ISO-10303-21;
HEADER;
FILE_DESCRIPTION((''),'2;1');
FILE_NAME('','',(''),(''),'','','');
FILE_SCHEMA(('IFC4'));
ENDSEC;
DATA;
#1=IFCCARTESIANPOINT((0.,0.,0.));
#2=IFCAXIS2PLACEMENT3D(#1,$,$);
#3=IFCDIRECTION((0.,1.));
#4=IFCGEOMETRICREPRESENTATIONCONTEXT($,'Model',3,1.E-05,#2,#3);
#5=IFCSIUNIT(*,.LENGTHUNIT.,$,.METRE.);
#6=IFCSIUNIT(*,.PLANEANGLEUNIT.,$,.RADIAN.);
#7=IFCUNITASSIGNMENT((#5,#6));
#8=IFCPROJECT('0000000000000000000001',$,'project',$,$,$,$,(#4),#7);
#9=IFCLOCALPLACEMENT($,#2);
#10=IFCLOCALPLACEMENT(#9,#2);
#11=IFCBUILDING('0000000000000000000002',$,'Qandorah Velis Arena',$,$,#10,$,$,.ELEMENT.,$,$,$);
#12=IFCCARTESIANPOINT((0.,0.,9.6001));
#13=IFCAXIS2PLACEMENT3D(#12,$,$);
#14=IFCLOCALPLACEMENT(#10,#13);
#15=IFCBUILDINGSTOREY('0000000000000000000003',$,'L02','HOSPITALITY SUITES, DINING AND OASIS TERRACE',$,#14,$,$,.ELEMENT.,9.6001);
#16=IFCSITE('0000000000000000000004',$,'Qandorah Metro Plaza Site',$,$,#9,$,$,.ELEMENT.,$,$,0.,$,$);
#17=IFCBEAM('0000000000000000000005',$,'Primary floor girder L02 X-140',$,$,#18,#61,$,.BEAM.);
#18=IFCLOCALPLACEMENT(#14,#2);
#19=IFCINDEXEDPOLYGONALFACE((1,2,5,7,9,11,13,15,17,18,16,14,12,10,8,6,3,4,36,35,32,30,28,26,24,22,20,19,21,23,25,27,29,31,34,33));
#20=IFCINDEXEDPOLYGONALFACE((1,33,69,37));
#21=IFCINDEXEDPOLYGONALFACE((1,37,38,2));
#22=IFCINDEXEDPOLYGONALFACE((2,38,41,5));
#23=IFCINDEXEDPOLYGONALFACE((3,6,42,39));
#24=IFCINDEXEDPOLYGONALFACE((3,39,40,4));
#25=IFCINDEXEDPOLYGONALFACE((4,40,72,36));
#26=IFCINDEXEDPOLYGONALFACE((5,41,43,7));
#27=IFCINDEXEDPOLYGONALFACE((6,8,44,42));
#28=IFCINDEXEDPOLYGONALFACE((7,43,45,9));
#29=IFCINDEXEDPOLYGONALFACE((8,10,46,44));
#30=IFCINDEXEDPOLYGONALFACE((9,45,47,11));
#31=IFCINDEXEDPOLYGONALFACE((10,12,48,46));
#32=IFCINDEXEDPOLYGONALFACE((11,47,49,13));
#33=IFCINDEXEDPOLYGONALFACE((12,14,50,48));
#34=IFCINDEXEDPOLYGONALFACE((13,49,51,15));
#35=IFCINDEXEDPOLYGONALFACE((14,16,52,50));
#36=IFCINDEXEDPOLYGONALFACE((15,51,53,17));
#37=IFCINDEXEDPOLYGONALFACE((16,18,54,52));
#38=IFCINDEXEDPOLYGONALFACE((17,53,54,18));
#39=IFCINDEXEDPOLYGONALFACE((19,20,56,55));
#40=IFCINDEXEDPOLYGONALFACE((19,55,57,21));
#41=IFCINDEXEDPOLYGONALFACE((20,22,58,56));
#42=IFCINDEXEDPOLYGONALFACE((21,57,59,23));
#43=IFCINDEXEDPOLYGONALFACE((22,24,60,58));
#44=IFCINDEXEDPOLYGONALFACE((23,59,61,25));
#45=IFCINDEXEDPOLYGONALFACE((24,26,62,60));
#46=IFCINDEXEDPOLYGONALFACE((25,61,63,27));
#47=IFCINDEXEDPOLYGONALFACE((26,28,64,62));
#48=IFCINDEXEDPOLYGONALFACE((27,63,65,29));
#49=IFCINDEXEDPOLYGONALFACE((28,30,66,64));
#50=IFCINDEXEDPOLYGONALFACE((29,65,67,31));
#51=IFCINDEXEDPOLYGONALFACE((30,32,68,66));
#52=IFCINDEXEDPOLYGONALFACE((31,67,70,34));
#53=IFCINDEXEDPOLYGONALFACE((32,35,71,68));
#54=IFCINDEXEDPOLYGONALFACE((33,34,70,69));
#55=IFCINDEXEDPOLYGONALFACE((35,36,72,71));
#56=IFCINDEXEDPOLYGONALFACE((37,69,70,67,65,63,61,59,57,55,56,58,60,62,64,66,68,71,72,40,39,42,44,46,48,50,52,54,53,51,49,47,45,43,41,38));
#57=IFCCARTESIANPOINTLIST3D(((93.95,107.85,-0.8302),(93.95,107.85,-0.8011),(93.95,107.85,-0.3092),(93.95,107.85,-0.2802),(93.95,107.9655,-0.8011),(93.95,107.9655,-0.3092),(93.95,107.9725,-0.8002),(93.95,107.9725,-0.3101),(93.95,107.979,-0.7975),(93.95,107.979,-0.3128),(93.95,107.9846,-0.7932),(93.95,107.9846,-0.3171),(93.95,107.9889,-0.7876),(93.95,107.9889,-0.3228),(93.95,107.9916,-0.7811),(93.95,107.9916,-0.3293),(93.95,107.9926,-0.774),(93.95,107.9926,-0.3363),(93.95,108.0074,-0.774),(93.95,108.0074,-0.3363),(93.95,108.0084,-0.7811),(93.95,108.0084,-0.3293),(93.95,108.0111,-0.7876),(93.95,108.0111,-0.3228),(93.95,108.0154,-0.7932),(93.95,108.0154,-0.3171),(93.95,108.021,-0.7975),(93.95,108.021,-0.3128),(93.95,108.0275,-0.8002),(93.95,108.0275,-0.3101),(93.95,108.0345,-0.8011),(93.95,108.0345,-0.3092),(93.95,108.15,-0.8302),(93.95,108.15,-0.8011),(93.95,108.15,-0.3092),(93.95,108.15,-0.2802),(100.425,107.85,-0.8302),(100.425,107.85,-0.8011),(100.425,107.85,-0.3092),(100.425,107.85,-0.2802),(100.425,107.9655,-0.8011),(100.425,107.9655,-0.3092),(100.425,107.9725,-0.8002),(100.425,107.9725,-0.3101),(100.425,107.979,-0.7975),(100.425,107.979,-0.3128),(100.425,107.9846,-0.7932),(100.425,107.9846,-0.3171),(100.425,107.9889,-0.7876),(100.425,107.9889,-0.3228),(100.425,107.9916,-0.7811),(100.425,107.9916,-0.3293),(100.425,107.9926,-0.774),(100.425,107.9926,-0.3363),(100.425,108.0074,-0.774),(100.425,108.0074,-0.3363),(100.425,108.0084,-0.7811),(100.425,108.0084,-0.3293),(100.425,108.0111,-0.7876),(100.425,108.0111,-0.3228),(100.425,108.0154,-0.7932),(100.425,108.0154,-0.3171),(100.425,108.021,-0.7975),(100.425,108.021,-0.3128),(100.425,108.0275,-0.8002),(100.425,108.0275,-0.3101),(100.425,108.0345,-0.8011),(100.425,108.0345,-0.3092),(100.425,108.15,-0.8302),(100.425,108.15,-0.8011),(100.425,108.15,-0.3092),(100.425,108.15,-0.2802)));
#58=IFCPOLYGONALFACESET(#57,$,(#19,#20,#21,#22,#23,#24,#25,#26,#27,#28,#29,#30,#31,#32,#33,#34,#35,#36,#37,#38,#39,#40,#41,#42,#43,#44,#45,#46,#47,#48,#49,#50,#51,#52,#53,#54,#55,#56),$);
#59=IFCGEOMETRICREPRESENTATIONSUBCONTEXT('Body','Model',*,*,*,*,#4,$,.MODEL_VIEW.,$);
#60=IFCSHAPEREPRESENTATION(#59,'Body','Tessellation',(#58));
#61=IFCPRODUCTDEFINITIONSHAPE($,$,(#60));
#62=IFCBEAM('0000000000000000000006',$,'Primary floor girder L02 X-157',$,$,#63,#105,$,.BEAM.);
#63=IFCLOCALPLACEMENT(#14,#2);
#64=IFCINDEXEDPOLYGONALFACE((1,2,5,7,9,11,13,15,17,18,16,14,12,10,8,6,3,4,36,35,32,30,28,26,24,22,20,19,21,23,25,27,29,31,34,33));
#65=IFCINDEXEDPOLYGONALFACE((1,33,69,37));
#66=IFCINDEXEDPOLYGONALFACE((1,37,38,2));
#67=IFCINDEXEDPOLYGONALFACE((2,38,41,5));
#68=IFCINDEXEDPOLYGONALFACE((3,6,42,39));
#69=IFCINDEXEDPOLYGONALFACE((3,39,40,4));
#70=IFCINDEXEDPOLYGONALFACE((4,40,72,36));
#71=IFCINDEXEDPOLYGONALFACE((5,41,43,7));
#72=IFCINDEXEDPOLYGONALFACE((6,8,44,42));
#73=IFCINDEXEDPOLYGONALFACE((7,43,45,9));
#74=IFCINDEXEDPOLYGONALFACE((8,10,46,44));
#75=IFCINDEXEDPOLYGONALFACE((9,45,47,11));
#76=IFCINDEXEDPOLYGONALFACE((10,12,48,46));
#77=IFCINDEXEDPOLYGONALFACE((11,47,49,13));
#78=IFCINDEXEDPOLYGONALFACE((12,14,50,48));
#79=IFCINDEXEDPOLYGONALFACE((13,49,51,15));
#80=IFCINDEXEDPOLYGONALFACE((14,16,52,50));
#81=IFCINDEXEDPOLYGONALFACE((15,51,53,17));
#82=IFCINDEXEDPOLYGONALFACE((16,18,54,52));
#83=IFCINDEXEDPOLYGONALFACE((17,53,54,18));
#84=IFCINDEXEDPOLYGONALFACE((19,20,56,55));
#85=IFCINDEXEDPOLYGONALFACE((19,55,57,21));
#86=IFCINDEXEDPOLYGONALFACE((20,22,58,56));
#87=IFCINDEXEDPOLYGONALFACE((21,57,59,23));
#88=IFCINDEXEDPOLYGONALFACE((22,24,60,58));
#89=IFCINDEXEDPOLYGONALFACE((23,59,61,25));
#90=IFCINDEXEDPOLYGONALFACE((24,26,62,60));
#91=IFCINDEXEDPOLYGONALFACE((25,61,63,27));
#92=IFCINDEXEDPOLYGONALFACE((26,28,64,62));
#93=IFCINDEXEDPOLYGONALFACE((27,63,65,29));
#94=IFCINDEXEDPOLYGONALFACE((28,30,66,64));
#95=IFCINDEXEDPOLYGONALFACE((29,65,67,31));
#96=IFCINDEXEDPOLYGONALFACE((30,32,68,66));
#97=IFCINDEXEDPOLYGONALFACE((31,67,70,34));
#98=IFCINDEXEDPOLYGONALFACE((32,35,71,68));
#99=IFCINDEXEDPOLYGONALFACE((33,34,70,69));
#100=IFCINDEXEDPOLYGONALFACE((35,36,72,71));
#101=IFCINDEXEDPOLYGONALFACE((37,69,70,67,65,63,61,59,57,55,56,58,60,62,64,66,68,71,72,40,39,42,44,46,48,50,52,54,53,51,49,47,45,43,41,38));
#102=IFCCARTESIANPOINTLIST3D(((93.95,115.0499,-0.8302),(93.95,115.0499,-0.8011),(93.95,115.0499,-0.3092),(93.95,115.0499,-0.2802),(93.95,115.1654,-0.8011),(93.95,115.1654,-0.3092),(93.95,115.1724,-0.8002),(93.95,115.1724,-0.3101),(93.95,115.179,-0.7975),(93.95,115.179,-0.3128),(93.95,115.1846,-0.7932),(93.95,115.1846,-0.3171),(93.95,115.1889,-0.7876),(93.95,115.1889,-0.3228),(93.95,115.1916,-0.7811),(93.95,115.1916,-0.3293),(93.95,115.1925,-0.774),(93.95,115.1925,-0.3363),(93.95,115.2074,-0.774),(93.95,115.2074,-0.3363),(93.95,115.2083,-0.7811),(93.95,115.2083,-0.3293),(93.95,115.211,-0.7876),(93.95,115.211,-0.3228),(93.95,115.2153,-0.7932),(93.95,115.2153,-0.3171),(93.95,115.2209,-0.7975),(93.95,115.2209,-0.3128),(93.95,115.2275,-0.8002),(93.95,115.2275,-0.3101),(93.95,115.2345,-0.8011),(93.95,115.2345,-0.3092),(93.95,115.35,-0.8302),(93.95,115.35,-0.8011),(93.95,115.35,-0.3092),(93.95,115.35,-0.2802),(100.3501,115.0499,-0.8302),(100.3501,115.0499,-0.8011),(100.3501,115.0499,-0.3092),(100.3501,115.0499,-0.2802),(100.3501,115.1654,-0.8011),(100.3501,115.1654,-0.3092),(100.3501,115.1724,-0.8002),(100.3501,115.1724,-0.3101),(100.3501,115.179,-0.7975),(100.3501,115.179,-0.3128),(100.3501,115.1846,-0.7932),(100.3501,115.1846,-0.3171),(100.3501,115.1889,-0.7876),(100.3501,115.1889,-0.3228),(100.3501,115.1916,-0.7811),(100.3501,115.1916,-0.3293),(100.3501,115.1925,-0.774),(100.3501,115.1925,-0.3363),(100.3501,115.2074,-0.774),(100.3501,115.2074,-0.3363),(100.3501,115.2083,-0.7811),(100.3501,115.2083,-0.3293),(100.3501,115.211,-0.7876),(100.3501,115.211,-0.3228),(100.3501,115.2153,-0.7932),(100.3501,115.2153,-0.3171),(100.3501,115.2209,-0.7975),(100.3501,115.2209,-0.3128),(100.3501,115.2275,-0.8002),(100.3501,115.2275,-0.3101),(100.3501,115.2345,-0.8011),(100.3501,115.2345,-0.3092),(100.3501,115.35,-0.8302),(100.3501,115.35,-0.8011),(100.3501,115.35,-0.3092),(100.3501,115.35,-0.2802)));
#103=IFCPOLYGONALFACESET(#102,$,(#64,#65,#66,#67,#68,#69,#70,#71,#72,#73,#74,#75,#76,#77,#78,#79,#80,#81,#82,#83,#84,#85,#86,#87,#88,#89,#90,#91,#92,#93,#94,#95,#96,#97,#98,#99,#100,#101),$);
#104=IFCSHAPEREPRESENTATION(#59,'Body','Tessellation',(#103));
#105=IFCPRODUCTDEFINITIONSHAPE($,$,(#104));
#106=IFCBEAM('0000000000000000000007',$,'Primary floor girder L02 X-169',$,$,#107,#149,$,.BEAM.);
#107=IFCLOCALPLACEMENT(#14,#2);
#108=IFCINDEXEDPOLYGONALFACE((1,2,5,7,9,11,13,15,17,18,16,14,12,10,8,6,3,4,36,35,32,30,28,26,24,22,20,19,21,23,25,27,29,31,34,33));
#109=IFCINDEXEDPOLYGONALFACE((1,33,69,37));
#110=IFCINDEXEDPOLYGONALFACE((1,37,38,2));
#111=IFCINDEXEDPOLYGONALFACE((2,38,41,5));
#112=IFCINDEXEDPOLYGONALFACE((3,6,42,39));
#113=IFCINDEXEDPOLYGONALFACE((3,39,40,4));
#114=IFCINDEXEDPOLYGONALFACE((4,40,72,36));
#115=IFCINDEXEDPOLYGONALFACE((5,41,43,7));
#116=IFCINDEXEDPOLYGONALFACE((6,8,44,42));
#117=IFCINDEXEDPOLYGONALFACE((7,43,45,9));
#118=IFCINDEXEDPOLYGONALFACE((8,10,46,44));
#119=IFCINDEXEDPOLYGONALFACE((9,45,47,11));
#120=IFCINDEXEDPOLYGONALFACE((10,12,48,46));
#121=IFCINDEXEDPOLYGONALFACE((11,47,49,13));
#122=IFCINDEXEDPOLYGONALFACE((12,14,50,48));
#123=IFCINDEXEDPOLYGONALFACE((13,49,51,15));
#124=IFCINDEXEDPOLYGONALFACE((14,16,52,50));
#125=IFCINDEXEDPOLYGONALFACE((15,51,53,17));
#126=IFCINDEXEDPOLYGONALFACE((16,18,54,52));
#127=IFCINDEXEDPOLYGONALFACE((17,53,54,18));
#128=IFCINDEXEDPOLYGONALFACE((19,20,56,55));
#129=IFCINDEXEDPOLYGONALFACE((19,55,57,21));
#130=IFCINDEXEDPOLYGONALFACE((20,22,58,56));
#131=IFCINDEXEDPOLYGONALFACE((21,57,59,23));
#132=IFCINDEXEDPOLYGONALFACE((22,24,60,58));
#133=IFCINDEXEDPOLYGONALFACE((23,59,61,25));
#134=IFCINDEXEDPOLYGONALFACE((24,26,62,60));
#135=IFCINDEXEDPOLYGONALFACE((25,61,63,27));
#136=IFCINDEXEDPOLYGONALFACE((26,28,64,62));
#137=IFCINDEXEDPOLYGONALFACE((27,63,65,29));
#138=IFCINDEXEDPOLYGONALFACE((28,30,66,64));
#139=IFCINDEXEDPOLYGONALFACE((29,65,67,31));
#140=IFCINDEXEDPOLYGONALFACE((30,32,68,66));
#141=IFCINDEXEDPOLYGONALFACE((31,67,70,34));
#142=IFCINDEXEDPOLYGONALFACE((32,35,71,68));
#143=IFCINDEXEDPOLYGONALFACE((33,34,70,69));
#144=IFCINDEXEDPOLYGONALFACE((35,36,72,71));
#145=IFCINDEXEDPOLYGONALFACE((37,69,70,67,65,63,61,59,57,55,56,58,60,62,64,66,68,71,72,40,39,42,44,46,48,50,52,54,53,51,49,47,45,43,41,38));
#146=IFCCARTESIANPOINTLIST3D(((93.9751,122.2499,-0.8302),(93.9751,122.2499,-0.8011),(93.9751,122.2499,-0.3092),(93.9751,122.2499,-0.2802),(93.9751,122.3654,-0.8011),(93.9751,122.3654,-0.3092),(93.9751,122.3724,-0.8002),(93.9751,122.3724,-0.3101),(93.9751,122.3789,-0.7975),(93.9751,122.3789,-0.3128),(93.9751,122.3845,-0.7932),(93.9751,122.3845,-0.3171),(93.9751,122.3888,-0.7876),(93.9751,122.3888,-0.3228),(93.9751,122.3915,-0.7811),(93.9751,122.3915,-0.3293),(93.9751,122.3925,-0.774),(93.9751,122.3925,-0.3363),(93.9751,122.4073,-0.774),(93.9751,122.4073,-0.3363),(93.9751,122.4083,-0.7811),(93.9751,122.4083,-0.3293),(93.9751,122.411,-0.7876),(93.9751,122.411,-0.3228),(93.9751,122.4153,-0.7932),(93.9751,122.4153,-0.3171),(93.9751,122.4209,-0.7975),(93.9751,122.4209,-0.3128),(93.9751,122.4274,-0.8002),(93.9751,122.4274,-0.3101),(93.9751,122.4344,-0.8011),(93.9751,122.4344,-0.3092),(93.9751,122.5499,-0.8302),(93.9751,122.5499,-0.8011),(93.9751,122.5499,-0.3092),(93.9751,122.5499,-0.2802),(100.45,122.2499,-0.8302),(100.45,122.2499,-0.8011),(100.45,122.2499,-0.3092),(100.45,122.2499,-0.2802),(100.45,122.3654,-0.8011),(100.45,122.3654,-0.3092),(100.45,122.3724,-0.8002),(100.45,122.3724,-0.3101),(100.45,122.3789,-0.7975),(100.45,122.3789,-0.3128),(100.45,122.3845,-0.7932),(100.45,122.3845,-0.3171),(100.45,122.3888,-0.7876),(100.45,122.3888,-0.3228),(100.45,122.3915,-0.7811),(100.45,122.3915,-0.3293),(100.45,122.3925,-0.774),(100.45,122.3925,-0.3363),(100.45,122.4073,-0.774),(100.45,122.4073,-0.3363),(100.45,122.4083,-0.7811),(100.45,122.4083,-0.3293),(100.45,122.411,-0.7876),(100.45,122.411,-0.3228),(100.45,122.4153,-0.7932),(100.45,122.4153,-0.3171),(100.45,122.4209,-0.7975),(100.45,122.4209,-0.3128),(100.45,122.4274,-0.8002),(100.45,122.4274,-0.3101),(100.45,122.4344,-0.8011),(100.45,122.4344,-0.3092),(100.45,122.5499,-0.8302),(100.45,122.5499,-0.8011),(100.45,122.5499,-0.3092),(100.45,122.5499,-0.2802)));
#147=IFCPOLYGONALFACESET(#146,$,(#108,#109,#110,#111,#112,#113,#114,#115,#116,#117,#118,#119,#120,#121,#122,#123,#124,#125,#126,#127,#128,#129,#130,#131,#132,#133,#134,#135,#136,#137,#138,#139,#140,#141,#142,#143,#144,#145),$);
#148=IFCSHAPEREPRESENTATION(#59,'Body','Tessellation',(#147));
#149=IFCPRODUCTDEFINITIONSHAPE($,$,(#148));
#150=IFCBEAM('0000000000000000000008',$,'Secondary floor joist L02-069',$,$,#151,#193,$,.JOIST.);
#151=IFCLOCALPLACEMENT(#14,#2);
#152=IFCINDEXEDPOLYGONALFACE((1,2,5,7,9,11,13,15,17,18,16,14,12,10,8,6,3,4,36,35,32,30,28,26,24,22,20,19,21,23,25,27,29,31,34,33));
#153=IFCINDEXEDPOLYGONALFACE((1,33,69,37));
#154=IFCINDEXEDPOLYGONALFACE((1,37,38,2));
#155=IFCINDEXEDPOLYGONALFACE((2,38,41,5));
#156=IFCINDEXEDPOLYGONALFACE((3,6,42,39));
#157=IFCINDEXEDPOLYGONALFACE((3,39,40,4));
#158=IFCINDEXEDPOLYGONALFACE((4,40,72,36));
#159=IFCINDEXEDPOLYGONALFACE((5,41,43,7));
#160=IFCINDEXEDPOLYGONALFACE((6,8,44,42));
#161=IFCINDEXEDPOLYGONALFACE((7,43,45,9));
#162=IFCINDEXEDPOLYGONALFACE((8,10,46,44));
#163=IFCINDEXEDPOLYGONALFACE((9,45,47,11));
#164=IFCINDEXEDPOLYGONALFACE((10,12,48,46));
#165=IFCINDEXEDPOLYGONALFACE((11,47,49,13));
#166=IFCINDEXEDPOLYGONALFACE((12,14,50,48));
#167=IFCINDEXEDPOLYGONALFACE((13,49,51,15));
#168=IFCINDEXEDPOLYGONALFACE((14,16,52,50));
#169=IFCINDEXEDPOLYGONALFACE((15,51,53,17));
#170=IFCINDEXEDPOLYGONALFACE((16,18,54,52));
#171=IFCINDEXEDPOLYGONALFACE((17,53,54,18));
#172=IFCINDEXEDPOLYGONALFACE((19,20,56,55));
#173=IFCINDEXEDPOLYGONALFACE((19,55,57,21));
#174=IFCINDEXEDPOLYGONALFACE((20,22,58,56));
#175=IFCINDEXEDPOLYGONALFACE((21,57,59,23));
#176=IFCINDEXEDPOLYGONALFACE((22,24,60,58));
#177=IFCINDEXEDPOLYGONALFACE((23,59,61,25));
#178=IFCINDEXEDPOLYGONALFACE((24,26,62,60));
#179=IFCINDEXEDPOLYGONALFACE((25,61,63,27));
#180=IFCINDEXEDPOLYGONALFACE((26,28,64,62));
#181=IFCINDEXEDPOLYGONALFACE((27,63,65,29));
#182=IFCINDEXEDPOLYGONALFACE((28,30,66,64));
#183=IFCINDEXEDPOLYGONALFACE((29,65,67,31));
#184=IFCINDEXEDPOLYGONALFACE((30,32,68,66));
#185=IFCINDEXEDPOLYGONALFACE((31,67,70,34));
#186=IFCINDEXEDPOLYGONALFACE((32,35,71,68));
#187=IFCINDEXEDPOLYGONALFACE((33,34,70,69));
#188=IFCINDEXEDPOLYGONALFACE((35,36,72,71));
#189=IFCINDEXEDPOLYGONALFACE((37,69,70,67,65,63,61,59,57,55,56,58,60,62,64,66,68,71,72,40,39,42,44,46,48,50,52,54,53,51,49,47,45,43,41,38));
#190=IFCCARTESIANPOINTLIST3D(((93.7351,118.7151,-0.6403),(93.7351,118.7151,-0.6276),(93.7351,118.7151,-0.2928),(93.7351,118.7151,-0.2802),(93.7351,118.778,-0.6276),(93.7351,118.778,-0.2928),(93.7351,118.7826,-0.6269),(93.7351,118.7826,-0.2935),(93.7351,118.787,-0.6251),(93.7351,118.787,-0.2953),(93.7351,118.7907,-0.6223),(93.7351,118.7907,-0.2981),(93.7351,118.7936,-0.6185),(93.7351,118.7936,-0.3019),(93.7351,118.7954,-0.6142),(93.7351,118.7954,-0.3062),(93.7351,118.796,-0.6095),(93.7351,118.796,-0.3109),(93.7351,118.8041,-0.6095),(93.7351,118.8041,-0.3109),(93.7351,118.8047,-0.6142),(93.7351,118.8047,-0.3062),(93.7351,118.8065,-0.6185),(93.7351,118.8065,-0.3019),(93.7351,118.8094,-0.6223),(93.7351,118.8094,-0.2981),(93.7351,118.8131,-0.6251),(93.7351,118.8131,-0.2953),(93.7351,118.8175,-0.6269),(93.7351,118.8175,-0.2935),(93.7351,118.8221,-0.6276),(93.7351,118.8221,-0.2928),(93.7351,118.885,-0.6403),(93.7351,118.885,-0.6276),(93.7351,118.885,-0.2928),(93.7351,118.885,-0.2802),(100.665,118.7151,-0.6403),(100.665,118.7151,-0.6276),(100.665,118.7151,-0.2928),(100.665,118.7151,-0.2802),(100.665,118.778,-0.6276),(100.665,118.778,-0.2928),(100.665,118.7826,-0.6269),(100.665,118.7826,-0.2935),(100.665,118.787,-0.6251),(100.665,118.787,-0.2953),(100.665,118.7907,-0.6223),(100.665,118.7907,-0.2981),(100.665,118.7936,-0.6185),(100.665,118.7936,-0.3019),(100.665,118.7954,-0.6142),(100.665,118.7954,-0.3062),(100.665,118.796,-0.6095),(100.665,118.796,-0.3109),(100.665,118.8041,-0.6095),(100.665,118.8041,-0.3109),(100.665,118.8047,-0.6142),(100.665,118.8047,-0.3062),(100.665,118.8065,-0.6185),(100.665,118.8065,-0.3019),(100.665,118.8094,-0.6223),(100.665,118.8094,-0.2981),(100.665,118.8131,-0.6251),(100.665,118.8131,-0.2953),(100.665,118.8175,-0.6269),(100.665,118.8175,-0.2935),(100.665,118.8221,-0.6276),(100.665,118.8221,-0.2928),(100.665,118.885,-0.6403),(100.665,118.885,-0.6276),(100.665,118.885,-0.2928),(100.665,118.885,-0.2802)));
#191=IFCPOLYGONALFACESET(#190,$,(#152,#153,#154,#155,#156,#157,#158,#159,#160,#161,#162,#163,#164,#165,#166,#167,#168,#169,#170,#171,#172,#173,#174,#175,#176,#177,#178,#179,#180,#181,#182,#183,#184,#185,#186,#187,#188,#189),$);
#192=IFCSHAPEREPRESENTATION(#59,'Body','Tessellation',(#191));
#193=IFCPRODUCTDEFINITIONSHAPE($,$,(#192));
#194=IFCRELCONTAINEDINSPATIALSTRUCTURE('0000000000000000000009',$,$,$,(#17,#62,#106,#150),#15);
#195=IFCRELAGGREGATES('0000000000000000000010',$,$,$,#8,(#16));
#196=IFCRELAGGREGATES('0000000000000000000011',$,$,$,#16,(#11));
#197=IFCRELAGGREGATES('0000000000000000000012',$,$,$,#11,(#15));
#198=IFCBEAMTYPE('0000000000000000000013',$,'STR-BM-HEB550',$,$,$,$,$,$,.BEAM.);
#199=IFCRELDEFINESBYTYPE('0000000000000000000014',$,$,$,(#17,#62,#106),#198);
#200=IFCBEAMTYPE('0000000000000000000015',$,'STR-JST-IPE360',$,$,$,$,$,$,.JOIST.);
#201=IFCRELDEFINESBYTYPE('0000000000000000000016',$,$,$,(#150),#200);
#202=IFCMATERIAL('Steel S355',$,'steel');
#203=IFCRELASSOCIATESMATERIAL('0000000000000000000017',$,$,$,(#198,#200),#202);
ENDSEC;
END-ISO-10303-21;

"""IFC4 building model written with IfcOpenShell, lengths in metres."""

from ifc_helpers import new_model, si_unit, direction, frame, origin, origin_2d, place, context, subcontext, project, spatial, i_section, extrude, material, material_profile, profile_set, type_object, element, save


model = new_model("IFC4")

# Units and contexts
model_context = context("Model", 3, precision=1e-05, world=origin(), true_north=direction((0.0, 1.0)))
body_context = subcontext(model_context, "Body", "Model", "MODEL_VIEW")
ifc_project = project(units=[si_unit("LENGTHUNIT", "METRE"), si_unit("PLANEANGLEUNIT", "RADIAN")], contexts=[model_context])

# Site, building, storey
site_placement = place(None, origin())
site = spatial("IfcSite", under=ifc_project, at=site_placement, Name="Qandorah Metro Plaza Site", CompositionType="ELEMENT", RefElevation=0.0)
building_placement = place(site_placement, origin())
building = spatial("IfcBuilding", under=site, at=building_placement, Name="Qandorah Velis Arena", CompositionType="ELEMENT")
storey_placement = place(building_placement, frame((0.0, 0.0, 9.6001)))
storey = spatial("IfcBuildingStorey", under=building, at=storey_placement, Name="L02", Description="HOSPITALITY SUITES, DINING AND OASIS TERRACE", CompositionType="ELEMENT", Elevation=9.6001)

# Shared definitions
ifc_material_1 = material(Name="Steel S355", Category="steel")

# Beams
ifc_material_profile_1 = material_profile(ifc_material_1, i_section(OverallWidth=0.3, OverallDepth=0.55, WebThickness=0.0149, FlangeThickness=0.0291, FilletRadius=0.0271, at=origin_2d()), Name="HEB 550")
ifc_profile_set_1 = profile_set([ifc_material_profile_1], Name="Steel S355")
beam_type_1 = type_object("IfcBeamType", Name="STR-BM-HEB550", PredefinedType="BEAM", material=ifc_profile_set_1)
beam_1_placement = place(storey_placement, frame((93.95, 108.0, -0.5552), z_axis=(1.0, 0.0, 0.0), x_axis=(0.0, 1.0, 0.0)))
element("IfcBeam", 1, at=beam_1_placement, inside=storey, type_object=beam_type_1, Name="Primary floor girder L02 X-140", PredefinedType="BEAM", context=body_context, shape_type="SweptSolid", body=[
    extrude(i_section(OverallWidth=0.3, OverallDepth=0.55, WebThickness=0.0149, FlangeThickness=0.0291, FilletRadius=0.0271, at=origin_2d()), origin(), (0.0, 0.0, 1.0), 6.4751),
])
beam_2_placement = place(storey_placement, frame((93.95, 115.2, -0.5552), z_axis=(1.0, 0.0, 0.0), x_axis=(0.0, 1.0, 0.0)))
element("IfcBeam", 2, at=beam_2_placement, inside=storey, type_object=beam_type_1, Name="Primary floor girder L02 X-157", PredefinedType="BEAM", context=body_context, shape_type="SweptSolid", body=[
    extrude(i_section(OverallWidth=0.3, OverallDepth=0.55, WebThickness=0.0149, FlangeThickness=0.0291, FilletRadius=0.0271, at=origin_2d()), origin(), (0.0, 0.0, 1.0), 6.4001),
])
beam_3_placement = place(storey_placement, frame((93.9751, 122.3999, -0.5552), z_axis=(1.0, 0.0, 0.0), x_axis=(0.0, 1.0, 0.0)))
element("IfcBeam", 3, at=beam_3_placement, inside=storey, type_object=beam_type_1, Name="Primary floor girder L02 X-169", PredefinedType="BEAM", context=body_context, shape_type="SweptSolid", body=[
    extrude(i_section(OverallWidth=0.3, OverallDepth=0.55, WebThickness=0.0149, FlangeThickness=0.0291, FilletRadius=0.0271, at=origin_2d()), origin(), (0.0, 0.0, 1.0), 6.4749),
])
ifc_material_profile_2 = material_profile(ifc_material_1, i_section(OverallWidth=0.1699, OverallDepth=0.3601, WebThickness=0.0081, FlangeThickness=0.0127, FilletRadius=0.0181, at=origin_2d()), Name="IPE 360")
ifc_profile_set_2 = profile_set([ifc_material_profile_2], Name="Steel S355")
beam_type_2 = type_object("IfcBeamType", Name="STR-JST-IPE360", PredefinedType="JOIST", material=ifc_profile_set_2)
beam_4_placement = place(storey_placement, frame((93.7351, 118.8, -0.4602), z_axis=(1.0, 0.0, 0.0), x_axis=(0.0, 1.0, 0.0)))
element("IfcBeam", 4, at=beam_4_placement, inside=storey, type_object=beam_type_2, Name="Secondary floor joist L02-069", PredefinedType="JOIST", context=body_context, shape_type="SweptSolid", body=[
    extrude(i_section(OverallWidth=0.1699, OverallDepth=0.3601, WebThickness=0.0081, FlangeThickness=0.0127, FilletRadius=0.0181, at=origin_2d()), origin(), (0.0, 0.0, 1.0), 6.9299),
])

save(model, "model.ifc")
